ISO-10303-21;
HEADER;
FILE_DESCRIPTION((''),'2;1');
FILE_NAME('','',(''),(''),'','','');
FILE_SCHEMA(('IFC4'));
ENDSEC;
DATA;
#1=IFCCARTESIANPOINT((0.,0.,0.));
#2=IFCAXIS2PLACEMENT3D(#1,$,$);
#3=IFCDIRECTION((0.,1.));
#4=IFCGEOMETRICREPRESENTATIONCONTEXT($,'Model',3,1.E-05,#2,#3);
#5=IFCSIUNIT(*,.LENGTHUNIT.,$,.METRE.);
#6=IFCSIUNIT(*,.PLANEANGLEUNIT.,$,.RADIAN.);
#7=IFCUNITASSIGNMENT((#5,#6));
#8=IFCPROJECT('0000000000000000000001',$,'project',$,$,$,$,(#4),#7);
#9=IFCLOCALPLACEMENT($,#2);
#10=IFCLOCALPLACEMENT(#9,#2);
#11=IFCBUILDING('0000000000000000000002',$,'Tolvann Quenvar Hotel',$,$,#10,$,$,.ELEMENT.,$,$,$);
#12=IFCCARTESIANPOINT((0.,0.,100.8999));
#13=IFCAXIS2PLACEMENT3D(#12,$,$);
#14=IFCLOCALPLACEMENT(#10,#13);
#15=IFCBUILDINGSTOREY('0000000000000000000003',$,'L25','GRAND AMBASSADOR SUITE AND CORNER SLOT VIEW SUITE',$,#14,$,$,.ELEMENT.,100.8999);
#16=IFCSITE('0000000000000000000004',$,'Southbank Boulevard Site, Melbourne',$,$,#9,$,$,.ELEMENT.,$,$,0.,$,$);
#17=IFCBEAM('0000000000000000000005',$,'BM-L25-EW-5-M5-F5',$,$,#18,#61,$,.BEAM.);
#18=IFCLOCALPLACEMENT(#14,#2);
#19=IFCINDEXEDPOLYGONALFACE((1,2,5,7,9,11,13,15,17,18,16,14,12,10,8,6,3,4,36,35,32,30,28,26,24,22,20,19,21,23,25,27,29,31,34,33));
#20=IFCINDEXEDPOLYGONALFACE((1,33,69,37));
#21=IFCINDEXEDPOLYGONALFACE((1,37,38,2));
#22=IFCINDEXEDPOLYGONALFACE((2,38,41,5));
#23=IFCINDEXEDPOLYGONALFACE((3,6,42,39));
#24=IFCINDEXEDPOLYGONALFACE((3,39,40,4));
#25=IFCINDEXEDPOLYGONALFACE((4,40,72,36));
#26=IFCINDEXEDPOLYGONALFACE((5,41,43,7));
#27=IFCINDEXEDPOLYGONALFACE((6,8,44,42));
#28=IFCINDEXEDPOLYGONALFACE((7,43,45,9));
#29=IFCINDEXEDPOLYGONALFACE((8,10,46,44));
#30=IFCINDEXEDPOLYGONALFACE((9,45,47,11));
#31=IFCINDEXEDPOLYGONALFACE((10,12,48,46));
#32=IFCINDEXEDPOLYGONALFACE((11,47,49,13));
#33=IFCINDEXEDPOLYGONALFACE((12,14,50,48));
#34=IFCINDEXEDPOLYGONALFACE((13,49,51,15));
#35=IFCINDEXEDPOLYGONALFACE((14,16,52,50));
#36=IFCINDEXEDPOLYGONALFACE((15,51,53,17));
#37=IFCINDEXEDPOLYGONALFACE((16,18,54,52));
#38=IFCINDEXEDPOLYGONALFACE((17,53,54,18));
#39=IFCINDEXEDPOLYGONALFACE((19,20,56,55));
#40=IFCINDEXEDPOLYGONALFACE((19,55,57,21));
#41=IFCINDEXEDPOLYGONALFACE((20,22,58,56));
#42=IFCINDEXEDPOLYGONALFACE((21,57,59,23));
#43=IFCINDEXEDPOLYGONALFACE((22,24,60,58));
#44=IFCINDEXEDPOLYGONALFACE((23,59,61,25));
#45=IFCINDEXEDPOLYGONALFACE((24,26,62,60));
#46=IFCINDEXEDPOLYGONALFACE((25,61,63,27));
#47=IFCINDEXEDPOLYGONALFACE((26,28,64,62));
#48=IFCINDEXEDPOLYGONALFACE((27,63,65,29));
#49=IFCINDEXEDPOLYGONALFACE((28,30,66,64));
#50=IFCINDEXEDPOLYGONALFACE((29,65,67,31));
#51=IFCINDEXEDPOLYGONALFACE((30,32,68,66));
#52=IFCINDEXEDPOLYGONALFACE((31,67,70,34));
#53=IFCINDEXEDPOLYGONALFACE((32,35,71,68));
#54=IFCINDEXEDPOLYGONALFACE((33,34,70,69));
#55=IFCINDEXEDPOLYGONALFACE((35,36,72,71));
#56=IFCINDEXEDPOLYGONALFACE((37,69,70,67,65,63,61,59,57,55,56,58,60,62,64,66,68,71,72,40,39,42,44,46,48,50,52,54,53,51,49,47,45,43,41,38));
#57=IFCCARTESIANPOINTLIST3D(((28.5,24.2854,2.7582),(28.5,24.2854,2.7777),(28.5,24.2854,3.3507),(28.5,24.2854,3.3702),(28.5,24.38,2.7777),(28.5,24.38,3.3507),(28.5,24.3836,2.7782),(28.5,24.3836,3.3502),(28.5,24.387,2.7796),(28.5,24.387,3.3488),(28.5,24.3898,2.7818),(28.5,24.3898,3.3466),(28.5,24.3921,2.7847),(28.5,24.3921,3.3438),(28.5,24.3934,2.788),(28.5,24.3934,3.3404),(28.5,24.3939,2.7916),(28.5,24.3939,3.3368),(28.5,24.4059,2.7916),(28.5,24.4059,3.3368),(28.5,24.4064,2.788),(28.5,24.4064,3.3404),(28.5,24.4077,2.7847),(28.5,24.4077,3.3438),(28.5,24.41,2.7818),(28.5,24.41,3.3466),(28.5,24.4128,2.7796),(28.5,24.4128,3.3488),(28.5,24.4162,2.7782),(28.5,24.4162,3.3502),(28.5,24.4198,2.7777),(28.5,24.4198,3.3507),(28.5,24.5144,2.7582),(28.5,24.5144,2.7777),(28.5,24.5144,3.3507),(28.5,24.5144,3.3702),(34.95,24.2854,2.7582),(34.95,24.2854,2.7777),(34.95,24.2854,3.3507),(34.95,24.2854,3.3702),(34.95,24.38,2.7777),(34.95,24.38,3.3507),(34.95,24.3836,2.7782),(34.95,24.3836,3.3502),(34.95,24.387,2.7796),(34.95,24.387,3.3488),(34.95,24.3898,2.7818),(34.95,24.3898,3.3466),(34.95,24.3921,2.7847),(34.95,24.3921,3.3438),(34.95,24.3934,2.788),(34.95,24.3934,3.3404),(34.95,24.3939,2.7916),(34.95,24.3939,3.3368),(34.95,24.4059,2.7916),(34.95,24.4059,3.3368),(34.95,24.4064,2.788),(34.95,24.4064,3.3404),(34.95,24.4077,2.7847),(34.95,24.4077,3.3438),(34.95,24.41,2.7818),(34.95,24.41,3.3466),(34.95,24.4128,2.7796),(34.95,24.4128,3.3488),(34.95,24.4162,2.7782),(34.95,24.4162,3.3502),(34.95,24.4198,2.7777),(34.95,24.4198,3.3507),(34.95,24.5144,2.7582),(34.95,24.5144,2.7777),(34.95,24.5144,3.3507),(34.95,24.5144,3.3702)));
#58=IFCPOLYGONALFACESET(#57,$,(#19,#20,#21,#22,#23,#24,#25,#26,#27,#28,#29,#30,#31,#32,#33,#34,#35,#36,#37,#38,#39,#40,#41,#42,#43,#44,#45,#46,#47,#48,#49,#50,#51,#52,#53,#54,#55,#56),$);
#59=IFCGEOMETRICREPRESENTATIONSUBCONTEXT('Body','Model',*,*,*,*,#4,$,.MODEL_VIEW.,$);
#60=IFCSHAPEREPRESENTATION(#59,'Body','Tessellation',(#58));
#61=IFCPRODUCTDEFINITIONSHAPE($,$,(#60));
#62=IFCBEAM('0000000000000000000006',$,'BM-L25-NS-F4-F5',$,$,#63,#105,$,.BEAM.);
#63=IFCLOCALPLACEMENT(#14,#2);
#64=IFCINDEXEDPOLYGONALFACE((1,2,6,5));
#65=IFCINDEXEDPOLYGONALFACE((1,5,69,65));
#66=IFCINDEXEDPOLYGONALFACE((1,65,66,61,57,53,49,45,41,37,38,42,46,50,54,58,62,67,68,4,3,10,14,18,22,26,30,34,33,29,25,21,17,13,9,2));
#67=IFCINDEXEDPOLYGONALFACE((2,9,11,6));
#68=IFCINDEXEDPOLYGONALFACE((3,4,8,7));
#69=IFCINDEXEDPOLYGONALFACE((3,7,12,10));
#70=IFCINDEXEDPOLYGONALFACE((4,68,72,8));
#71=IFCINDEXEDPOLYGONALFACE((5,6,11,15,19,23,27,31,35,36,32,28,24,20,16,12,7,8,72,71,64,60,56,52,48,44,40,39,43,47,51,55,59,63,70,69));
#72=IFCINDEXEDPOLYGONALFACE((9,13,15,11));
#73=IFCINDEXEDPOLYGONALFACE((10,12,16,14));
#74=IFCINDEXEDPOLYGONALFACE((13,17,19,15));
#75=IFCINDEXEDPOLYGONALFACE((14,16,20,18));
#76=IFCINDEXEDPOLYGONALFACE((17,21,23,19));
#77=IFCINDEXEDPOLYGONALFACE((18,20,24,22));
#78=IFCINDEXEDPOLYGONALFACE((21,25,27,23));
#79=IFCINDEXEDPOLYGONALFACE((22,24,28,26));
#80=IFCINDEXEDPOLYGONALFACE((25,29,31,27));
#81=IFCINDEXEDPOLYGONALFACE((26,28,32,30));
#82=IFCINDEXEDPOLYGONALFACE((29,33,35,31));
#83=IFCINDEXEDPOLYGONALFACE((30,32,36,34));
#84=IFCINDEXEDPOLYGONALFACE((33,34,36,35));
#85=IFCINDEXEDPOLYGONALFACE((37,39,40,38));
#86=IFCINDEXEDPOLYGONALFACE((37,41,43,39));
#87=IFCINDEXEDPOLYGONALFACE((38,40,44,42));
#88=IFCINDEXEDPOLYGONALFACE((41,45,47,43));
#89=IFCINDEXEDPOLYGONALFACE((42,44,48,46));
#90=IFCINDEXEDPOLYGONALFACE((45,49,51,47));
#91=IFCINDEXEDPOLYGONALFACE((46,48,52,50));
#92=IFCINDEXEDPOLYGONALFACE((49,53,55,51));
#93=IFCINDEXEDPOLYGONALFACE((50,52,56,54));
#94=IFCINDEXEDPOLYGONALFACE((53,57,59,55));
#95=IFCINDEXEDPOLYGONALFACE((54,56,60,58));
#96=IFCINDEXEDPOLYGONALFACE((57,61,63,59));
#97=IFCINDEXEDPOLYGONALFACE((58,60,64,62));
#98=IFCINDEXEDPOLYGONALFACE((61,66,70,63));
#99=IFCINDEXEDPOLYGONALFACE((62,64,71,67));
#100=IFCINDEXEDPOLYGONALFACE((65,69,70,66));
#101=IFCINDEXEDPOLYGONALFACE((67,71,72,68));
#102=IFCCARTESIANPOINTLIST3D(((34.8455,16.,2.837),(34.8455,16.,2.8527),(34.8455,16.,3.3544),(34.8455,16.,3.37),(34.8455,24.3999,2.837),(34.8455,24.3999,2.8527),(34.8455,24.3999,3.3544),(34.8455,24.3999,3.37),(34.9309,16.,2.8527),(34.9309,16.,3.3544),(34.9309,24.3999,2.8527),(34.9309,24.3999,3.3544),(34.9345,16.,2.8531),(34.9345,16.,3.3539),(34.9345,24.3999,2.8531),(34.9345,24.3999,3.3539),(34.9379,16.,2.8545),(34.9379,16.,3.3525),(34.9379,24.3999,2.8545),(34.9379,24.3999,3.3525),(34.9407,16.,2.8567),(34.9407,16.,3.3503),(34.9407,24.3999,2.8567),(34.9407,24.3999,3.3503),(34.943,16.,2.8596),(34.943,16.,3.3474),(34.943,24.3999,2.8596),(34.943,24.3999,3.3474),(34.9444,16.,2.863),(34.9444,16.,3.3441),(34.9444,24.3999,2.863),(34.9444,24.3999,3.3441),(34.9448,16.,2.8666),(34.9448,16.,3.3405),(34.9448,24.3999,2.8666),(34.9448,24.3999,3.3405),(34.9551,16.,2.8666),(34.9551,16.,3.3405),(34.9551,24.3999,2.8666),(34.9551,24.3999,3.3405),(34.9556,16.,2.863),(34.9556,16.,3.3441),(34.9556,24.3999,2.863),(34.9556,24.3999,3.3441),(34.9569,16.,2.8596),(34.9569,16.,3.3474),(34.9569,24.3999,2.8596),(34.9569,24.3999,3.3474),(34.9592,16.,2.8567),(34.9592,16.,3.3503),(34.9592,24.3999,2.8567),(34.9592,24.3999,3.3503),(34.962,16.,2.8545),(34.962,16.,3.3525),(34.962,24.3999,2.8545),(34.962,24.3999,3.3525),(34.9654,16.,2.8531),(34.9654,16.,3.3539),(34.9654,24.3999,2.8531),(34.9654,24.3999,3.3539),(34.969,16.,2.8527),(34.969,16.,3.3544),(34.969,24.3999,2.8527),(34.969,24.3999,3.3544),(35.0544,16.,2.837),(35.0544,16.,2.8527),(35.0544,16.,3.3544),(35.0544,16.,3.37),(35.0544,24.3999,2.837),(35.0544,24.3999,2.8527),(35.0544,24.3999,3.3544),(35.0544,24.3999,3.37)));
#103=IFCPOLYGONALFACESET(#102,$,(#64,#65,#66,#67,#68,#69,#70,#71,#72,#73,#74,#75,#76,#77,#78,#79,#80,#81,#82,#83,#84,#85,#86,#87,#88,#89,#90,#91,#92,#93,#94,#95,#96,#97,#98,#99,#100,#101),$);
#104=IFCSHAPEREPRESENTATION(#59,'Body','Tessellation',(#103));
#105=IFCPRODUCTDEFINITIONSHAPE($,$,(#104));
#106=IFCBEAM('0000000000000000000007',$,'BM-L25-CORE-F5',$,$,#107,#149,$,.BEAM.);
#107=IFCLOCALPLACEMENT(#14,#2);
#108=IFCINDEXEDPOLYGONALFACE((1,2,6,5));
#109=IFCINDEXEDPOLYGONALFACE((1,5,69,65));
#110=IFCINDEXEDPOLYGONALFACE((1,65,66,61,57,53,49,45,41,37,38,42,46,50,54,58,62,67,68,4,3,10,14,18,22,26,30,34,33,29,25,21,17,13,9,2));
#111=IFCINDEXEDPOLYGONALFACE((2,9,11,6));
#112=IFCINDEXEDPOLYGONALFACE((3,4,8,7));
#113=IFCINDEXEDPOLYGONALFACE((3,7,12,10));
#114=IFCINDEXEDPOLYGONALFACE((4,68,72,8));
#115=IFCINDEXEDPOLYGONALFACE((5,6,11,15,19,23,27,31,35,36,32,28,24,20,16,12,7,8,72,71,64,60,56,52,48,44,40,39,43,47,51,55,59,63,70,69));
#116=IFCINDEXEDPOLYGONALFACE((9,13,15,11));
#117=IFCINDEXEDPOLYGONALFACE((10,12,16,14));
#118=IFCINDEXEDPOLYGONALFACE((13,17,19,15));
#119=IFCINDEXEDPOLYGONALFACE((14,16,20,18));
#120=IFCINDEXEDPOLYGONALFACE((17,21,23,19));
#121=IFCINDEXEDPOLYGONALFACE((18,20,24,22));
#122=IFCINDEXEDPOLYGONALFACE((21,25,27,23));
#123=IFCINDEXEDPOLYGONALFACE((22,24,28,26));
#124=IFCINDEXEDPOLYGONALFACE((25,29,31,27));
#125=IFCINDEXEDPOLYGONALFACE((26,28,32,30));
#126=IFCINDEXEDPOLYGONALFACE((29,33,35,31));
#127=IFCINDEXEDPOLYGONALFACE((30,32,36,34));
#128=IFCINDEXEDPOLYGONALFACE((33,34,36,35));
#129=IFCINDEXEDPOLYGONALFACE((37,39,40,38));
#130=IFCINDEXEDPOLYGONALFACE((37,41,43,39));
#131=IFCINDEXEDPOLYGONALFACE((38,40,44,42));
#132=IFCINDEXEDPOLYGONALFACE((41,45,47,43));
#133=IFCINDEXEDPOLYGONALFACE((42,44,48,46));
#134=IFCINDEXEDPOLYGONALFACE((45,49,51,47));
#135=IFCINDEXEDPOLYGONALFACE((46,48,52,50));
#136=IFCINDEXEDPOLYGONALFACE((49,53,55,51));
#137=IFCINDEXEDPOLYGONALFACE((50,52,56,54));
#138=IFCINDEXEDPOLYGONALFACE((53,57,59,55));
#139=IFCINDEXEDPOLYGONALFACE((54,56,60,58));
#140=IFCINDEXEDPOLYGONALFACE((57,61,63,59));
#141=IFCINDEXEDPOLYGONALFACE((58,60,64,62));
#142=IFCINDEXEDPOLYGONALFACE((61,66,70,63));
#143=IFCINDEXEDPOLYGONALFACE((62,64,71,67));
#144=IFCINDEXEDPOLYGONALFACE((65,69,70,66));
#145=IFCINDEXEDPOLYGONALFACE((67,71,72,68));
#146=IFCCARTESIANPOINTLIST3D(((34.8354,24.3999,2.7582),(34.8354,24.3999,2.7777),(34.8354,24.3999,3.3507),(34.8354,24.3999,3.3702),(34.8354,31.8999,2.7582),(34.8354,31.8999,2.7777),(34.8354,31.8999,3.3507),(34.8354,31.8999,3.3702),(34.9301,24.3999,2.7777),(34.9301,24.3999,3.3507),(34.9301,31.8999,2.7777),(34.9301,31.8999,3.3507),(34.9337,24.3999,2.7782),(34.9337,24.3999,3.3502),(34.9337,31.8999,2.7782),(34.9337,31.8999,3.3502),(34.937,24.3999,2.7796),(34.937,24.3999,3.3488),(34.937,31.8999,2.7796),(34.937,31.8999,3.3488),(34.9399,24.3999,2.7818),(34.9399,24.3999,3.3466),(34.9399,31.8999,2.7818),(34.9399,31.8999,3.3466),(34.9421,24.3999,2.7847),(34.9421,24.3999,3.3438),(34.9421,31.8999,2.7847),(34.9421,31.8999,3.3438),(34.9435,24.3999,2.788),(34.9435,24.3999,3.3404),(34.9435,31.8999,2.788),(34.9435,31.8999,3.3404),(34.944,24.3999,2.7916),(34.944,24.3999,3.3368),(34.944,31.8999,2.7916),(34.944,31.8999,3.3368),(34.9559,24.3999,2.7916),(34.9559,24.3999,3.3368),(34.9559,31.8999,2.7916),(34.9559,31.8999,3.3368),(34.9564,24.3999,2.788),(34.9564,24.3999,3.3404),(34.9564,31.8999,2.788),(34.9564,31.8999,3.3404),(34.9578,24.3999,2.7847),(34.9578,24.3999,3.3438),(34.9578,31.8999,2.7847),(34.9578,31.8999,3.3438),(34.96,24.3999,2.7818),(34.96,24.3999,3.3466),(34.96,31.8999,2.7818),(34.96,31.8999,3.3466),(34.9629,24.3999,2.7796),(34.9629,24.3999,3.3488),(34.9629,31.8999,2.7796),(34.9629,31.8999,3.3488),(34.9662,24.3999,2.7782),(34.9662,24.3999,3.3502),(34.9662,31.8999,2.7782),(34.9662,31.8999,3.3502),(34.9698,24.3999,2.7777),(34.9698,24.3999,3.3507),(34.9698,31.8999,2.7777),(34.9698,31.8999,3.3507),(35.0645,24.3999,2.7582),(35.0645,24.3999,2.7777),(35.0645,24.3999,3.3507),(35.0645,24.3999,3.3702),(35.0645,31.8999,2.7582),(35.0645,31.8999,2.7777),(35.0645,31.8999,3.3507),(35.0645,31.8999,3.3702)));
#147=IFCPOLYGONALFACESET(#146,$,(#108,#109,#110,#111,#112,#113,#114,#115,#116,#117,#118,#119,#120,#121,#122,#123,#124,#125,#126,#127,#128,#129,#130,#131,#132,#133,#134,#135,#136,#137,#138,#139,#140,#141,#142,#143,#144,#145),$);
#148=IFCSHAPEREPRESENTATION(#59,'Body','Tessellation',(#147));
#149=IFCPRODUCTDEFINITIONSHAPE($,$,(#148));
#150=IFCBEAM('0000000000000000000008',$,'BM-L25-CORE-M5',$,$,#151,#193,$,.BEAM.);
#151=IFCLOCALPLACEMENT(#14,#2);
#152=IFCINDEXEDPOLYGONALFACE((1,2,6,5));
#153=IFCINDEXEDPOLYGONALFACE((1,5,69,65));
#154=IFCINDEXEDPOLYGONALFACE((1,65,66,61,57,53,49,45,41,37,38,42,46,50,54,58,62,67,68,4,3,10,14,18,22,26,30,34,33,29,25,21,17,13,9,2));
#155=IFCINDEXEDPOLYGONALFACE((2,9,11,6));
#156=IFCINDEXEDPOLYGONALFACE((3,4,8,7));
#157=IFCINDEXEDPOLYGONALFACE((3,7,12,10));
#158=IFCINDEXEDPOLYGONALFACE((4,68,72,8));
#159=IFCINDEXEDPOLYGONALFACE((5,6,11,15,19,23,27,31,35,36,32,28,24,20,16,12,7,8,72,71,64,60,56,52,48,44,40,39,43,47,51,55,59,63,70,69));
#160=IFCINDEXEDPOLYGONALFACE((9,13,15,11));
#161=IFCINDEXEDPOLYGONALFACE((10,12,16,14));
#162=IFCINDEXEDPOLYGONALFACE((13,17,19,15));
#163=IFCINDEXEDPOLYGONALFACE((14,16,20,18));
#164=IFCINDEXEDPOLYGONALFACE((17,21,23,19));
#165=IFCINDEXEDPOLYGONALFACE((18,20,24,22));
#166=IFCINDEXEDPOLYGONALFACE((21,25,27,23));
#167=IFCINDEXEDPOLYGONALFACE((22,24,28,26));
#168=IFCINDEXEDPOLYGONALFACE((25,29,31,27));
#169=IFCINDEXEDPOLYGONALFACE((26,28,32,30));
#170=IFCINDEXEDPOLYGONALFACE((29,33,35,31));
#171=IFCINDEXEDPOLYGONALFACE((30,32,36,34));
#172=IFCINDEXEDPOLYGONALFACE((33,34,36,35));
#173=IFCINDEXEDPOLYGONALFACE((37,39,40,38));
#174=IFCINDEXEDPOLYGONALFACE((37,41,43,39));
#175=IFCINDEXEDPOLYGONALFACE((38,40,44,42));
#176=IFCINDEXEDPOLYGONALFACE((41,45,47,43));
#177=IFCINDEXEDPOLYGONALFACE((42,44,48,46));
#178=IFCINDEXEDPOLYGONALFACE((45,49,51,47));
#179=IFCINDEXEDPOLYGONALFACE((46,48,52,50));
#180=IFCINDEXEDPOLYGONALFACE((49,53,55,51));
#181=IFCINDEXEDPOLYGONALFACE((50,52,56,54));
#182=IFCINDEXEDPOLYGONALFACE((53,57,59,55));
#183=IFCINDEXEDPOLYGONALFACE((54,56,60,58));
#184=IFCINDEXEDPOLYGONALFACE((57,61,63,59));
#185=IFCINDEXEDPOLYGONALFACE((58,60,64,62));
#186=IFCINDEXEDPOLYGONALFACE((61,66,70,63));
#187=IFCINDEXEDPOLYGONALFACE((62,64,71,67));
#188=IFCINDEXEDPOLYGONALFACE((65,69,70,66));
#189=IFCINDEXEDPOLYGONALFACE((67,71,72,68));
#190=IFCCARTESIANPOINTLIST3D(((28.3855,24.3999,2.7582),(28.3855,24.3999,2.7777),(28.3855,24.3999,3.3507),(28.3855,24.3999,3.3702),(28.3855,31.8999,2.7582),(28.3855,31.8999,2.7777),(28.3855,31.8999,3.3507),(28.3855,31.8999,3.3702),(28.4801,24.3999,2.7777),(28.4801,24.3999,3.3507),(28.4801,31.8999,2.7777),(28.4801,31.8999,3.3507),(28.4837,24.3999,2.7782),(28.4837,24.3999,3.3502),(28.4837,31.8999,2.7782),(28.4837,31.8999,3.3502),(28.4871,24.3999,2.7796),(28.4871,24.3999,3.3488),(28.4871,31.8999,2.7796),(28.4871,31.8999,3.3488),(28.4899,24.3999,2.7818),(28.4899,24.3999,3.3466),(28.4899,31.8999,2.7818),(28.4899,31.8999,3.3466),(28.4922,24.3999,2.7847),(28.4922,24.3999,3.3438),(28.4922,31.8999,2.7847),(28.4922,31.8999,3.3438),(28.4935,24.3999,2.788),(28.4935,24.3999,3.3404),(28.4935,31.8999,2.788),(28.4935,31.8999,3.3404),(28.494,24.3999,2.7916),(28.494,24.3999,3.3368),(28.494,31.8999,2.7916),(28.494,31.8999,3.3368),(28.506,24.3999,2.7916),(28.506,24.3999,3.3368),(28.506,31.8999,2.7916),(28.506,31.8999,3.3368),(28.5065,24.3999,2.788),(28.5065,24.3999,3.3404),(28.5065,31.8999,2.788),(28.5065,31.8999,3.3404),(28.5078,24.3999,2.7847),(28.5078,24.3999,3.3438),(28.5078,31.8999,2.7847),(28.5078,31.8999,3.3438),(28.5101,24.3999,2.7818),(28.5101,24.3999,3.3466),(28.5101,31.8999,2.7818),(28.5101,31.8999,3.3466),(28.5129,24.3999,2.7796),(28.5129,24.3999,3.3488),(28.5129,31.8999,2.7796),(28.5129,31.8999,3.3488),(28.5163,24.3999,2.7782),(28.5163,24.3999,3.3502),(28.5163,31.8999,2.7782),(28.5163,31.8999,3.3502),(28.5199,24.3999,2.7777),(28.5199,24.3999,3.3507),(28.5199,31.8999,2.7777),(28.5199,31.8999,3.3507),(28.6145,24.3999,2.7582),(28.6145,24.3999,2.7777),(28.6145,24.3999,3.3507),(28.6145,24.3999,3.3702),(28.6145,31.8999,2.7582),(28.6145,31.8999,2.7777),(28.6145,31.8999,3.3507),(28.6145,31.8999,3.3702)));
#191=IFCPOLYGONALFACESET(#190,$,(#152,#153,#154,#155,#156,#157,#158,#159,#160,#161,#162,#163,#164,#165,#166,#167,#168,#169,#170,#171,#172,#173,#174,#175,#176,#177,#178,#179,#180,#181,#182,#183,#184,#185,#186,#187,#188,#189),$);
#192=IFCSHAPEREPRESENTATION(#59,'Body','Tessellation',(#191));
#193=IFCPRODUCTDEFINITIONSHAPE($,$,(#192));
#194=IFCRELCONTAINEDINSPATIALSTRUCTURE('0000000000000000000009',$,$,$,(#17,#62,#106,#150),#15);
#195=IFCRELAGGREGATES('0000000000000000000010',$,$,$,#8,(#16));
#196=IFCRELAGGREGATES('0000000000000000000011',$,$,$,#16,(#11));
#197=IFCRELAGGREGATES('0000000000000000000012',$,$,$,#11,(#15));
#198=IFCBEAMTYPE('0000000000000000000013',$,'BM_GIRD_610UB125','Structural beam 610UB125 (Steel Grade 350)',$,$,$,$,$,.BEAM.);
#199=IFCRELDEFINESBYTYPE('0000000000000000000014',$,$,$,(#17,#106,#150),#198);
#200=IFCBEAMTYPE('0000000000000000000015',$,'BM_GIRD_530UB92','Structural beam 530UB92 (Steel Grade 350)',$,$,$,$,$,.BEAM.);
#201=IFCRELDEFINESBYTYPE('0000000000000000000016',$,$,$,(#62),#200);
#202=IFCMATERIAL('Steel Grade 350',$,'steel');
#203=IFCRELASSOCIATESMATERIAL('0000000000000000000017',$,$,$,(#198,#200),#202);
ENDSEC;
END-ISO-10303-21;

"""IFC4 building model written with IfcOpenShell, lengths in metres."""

from ifc_helpers import new_model, si_unit, direction, frame, origin, origin_2d, place, context, subcontext, project, spatial, i_section, extrude, source, transform, mapped, material, material_profile, profile_set, type_object, type_shapes, element, save


model = new_model("IFC4")

# Units and contexts
model_context = context("Model", 3, precision=1e-05, world=origin(), true_north=direction((0.0, 1.0)))
body_context = subcontext(model_context, "Body", "Model", "MODEL_VIEW")
ifc_project = project(units=[si_unit("LENGTHUNIT", "METRE"), si_unit("PLANEANGLEUNIT", "RADIAN")], contexts=[model_context])

# Site, building, storey
site_placement = place(None, origin())
site = spatial("IfcSite", under=ifc_project, at=site_placement, Name="Southbank Boulevard Site, Melbourne", CompositionType="ELEMENT", RefElevation=0.0)
building_placement = place(site_placement, origin())
building = spatial("IfcBuilding", under=site, at=building_placement, Name="Tolvann Quenvar Hotel", CompositionType="ELEMENT")
storey_placement = place(building_placement, frame((0.0, 0.0, 100.8999)))
storey = spatial("IfcBuildingStorey", under=building, at=storey_placement, Name="L25", Description="GRAND AMBASSADOR SUITE AND CORNER SLOT VIEW SUITE", CompositionType="ELEMENT", Elevation=100.8999)

# Shared definitions
ifc_material_1 = material(Name="Steel Grade 350", Category="steel")

# Beams
ifc_material_profile_1 = material_profile(ifc_material_1, i_section(OverallWidth=0.229, OverallDepth=0.6121, WebThickness=0.012, FlangeThickness=0.0195, FilletRadius=0.0139, at=origin_2d()), Name="610UB125")
ifc_profile_set_1 = profile_set([ifc_material_profile_1], Name="Steel Grade 350")
beam_type_1 = type_object("IfcBeamType", Name="BM_GIRD_610UB125", Description="Structural beam 610UB125 (Steel Grade 350)", PredefinedType="BEAM", material=ifc_profile_set_1)
shared_shape_1 = source(origin(), body_context, "Body", "SweptSolid", [
    extrude(i_section(OverallWidth=0.229, OverallDepth=0.6121, WebThickness=0.012, FlangeThickness=0.0195, FilletRadius=0.0139, at=origin_2d()), origin(), (0.0, 0.0, 1.0), 6.45),
])
beam_1_placement = place(storey_placement, frame((28.5, 24.3999, 3.0642), z_axis=(1.0, 0.0, 0.0), x_axis=(0.0, 1.0, 0.0)))
element("IfcBeam", 1, at=beam_1_placement, inside=storey, type_object=beam_type_1, Name="BM-L25-EW-5-M5-F5", PredefinedType="BEAM", context=body_context, shape_type="MappedRepresentation", body=[
    mapped(shared_shape_1, transform((0.0, 0.0, 0.0), x_axis=(1.0, 0.0, 0.0), y_axis=(0.0, 1.0, 0.0), z_axis=(0.0, 0.0, 1.0), scale=1.0)),
])
ifc_material_profile_2 = material_profile(ifc_material_1, i_section(OverallWidth=0.209, OverallDepth=0.533, WebThickness=0.0103, FlangeThickness=0.0156, FilletRadius=0.0139, at=origin_2d()), Name="530UB92")
ifc_profile_set_2 = profile_set([ifc_material_profile_2], Name="Steel Grade 350")
beam_type_2 = type_object("IfcBeamType", Name="BM_GIRD_530UB92", Description="Structural beam 530UB92 (Steel Grade 350)", PredefinedType="BEAM", material=ifc_profile_set_2)
shared_shape_2 = source(origin(), body_context, "Body", "SweptSolid", [
    extrude(i_section(OverallWidth=0.209, OverallDepth=0.533, WebThickness=0.0103, FlangeThickness=0.0156, FilletRadius=0.0139, at=origin_2d()), origin(), (0.0, 0.0, 1.0), 8.3999),
])
type_shapes(beam_type_2, [shared_shape_2])
beam_2_placement = place(storey_placement, frame((34.95, 16.0, 3.1035), z_axis=(0.0, 1.0, 0.0), x_axis=(-1.0, 0.0, 0.0)))
element("IfcBeam", 2, at=beam_2_placement, inside=storey, type_object=beam_type_2, Name="BM-L25-NS-F4-F5", PredefinedType="BEAM", context=body_context, shape_type="MappedRepresentation", body=[
    mapped(shared_shape_2, transform((0.0, 0.0, 0.0), x_axis=(1.0, 0.0, 0.0), y_axis=(0.0, 1.0, 0.0), z_axis=(0.0, 0.0, 1.0), scale=1.0)),
])
shared_shape_3 = source(origin(), body_context, "Body", "SweptSolid", [
    extrude(i_section(OverallWidth=0.229, OverallDepth=0.6121, WebThickness=0.012, FlangeThickness=0.0195, FilletRadius=0.0139, at=origin_2d()), origin(), (0.0, 0.0, 1.0), 7.5),
])
for number, where, z_axis, x_axis, name in (
    (3, (34.95, 24.3999, 3.0642), (0.0, 1.0, 0.0), (-1.0, 0.0, 0.0), "BM-L25-CORE-F5"),
    (4, (28.5, 24.3999, 3.0642), (0.0, 1.0, 0.0), (-1.0, 0.0, 0.0), "BM-L25-CORE-M5"),
):
    element("IfcBeam", number, at=place(storey_placement, frame(where, z_axis=z_axis, x_axis=x_axis)), inside=storey, type_object=beam_type_1, Name=name, PredefinedType="BEAM", context=body_context, shape_type="MappedRepresentation", body=[
        mapped(shared_shape_3, transform((0.0, 0.0, 0.0), x_axis=(1.0, 0.0, 0.0), y_axis=(0.0, 1.0, 0.0), z_axis=(0.0, 0.0, 1.0), scale=1.0)),
    ])

save(model, "model.ifc")
